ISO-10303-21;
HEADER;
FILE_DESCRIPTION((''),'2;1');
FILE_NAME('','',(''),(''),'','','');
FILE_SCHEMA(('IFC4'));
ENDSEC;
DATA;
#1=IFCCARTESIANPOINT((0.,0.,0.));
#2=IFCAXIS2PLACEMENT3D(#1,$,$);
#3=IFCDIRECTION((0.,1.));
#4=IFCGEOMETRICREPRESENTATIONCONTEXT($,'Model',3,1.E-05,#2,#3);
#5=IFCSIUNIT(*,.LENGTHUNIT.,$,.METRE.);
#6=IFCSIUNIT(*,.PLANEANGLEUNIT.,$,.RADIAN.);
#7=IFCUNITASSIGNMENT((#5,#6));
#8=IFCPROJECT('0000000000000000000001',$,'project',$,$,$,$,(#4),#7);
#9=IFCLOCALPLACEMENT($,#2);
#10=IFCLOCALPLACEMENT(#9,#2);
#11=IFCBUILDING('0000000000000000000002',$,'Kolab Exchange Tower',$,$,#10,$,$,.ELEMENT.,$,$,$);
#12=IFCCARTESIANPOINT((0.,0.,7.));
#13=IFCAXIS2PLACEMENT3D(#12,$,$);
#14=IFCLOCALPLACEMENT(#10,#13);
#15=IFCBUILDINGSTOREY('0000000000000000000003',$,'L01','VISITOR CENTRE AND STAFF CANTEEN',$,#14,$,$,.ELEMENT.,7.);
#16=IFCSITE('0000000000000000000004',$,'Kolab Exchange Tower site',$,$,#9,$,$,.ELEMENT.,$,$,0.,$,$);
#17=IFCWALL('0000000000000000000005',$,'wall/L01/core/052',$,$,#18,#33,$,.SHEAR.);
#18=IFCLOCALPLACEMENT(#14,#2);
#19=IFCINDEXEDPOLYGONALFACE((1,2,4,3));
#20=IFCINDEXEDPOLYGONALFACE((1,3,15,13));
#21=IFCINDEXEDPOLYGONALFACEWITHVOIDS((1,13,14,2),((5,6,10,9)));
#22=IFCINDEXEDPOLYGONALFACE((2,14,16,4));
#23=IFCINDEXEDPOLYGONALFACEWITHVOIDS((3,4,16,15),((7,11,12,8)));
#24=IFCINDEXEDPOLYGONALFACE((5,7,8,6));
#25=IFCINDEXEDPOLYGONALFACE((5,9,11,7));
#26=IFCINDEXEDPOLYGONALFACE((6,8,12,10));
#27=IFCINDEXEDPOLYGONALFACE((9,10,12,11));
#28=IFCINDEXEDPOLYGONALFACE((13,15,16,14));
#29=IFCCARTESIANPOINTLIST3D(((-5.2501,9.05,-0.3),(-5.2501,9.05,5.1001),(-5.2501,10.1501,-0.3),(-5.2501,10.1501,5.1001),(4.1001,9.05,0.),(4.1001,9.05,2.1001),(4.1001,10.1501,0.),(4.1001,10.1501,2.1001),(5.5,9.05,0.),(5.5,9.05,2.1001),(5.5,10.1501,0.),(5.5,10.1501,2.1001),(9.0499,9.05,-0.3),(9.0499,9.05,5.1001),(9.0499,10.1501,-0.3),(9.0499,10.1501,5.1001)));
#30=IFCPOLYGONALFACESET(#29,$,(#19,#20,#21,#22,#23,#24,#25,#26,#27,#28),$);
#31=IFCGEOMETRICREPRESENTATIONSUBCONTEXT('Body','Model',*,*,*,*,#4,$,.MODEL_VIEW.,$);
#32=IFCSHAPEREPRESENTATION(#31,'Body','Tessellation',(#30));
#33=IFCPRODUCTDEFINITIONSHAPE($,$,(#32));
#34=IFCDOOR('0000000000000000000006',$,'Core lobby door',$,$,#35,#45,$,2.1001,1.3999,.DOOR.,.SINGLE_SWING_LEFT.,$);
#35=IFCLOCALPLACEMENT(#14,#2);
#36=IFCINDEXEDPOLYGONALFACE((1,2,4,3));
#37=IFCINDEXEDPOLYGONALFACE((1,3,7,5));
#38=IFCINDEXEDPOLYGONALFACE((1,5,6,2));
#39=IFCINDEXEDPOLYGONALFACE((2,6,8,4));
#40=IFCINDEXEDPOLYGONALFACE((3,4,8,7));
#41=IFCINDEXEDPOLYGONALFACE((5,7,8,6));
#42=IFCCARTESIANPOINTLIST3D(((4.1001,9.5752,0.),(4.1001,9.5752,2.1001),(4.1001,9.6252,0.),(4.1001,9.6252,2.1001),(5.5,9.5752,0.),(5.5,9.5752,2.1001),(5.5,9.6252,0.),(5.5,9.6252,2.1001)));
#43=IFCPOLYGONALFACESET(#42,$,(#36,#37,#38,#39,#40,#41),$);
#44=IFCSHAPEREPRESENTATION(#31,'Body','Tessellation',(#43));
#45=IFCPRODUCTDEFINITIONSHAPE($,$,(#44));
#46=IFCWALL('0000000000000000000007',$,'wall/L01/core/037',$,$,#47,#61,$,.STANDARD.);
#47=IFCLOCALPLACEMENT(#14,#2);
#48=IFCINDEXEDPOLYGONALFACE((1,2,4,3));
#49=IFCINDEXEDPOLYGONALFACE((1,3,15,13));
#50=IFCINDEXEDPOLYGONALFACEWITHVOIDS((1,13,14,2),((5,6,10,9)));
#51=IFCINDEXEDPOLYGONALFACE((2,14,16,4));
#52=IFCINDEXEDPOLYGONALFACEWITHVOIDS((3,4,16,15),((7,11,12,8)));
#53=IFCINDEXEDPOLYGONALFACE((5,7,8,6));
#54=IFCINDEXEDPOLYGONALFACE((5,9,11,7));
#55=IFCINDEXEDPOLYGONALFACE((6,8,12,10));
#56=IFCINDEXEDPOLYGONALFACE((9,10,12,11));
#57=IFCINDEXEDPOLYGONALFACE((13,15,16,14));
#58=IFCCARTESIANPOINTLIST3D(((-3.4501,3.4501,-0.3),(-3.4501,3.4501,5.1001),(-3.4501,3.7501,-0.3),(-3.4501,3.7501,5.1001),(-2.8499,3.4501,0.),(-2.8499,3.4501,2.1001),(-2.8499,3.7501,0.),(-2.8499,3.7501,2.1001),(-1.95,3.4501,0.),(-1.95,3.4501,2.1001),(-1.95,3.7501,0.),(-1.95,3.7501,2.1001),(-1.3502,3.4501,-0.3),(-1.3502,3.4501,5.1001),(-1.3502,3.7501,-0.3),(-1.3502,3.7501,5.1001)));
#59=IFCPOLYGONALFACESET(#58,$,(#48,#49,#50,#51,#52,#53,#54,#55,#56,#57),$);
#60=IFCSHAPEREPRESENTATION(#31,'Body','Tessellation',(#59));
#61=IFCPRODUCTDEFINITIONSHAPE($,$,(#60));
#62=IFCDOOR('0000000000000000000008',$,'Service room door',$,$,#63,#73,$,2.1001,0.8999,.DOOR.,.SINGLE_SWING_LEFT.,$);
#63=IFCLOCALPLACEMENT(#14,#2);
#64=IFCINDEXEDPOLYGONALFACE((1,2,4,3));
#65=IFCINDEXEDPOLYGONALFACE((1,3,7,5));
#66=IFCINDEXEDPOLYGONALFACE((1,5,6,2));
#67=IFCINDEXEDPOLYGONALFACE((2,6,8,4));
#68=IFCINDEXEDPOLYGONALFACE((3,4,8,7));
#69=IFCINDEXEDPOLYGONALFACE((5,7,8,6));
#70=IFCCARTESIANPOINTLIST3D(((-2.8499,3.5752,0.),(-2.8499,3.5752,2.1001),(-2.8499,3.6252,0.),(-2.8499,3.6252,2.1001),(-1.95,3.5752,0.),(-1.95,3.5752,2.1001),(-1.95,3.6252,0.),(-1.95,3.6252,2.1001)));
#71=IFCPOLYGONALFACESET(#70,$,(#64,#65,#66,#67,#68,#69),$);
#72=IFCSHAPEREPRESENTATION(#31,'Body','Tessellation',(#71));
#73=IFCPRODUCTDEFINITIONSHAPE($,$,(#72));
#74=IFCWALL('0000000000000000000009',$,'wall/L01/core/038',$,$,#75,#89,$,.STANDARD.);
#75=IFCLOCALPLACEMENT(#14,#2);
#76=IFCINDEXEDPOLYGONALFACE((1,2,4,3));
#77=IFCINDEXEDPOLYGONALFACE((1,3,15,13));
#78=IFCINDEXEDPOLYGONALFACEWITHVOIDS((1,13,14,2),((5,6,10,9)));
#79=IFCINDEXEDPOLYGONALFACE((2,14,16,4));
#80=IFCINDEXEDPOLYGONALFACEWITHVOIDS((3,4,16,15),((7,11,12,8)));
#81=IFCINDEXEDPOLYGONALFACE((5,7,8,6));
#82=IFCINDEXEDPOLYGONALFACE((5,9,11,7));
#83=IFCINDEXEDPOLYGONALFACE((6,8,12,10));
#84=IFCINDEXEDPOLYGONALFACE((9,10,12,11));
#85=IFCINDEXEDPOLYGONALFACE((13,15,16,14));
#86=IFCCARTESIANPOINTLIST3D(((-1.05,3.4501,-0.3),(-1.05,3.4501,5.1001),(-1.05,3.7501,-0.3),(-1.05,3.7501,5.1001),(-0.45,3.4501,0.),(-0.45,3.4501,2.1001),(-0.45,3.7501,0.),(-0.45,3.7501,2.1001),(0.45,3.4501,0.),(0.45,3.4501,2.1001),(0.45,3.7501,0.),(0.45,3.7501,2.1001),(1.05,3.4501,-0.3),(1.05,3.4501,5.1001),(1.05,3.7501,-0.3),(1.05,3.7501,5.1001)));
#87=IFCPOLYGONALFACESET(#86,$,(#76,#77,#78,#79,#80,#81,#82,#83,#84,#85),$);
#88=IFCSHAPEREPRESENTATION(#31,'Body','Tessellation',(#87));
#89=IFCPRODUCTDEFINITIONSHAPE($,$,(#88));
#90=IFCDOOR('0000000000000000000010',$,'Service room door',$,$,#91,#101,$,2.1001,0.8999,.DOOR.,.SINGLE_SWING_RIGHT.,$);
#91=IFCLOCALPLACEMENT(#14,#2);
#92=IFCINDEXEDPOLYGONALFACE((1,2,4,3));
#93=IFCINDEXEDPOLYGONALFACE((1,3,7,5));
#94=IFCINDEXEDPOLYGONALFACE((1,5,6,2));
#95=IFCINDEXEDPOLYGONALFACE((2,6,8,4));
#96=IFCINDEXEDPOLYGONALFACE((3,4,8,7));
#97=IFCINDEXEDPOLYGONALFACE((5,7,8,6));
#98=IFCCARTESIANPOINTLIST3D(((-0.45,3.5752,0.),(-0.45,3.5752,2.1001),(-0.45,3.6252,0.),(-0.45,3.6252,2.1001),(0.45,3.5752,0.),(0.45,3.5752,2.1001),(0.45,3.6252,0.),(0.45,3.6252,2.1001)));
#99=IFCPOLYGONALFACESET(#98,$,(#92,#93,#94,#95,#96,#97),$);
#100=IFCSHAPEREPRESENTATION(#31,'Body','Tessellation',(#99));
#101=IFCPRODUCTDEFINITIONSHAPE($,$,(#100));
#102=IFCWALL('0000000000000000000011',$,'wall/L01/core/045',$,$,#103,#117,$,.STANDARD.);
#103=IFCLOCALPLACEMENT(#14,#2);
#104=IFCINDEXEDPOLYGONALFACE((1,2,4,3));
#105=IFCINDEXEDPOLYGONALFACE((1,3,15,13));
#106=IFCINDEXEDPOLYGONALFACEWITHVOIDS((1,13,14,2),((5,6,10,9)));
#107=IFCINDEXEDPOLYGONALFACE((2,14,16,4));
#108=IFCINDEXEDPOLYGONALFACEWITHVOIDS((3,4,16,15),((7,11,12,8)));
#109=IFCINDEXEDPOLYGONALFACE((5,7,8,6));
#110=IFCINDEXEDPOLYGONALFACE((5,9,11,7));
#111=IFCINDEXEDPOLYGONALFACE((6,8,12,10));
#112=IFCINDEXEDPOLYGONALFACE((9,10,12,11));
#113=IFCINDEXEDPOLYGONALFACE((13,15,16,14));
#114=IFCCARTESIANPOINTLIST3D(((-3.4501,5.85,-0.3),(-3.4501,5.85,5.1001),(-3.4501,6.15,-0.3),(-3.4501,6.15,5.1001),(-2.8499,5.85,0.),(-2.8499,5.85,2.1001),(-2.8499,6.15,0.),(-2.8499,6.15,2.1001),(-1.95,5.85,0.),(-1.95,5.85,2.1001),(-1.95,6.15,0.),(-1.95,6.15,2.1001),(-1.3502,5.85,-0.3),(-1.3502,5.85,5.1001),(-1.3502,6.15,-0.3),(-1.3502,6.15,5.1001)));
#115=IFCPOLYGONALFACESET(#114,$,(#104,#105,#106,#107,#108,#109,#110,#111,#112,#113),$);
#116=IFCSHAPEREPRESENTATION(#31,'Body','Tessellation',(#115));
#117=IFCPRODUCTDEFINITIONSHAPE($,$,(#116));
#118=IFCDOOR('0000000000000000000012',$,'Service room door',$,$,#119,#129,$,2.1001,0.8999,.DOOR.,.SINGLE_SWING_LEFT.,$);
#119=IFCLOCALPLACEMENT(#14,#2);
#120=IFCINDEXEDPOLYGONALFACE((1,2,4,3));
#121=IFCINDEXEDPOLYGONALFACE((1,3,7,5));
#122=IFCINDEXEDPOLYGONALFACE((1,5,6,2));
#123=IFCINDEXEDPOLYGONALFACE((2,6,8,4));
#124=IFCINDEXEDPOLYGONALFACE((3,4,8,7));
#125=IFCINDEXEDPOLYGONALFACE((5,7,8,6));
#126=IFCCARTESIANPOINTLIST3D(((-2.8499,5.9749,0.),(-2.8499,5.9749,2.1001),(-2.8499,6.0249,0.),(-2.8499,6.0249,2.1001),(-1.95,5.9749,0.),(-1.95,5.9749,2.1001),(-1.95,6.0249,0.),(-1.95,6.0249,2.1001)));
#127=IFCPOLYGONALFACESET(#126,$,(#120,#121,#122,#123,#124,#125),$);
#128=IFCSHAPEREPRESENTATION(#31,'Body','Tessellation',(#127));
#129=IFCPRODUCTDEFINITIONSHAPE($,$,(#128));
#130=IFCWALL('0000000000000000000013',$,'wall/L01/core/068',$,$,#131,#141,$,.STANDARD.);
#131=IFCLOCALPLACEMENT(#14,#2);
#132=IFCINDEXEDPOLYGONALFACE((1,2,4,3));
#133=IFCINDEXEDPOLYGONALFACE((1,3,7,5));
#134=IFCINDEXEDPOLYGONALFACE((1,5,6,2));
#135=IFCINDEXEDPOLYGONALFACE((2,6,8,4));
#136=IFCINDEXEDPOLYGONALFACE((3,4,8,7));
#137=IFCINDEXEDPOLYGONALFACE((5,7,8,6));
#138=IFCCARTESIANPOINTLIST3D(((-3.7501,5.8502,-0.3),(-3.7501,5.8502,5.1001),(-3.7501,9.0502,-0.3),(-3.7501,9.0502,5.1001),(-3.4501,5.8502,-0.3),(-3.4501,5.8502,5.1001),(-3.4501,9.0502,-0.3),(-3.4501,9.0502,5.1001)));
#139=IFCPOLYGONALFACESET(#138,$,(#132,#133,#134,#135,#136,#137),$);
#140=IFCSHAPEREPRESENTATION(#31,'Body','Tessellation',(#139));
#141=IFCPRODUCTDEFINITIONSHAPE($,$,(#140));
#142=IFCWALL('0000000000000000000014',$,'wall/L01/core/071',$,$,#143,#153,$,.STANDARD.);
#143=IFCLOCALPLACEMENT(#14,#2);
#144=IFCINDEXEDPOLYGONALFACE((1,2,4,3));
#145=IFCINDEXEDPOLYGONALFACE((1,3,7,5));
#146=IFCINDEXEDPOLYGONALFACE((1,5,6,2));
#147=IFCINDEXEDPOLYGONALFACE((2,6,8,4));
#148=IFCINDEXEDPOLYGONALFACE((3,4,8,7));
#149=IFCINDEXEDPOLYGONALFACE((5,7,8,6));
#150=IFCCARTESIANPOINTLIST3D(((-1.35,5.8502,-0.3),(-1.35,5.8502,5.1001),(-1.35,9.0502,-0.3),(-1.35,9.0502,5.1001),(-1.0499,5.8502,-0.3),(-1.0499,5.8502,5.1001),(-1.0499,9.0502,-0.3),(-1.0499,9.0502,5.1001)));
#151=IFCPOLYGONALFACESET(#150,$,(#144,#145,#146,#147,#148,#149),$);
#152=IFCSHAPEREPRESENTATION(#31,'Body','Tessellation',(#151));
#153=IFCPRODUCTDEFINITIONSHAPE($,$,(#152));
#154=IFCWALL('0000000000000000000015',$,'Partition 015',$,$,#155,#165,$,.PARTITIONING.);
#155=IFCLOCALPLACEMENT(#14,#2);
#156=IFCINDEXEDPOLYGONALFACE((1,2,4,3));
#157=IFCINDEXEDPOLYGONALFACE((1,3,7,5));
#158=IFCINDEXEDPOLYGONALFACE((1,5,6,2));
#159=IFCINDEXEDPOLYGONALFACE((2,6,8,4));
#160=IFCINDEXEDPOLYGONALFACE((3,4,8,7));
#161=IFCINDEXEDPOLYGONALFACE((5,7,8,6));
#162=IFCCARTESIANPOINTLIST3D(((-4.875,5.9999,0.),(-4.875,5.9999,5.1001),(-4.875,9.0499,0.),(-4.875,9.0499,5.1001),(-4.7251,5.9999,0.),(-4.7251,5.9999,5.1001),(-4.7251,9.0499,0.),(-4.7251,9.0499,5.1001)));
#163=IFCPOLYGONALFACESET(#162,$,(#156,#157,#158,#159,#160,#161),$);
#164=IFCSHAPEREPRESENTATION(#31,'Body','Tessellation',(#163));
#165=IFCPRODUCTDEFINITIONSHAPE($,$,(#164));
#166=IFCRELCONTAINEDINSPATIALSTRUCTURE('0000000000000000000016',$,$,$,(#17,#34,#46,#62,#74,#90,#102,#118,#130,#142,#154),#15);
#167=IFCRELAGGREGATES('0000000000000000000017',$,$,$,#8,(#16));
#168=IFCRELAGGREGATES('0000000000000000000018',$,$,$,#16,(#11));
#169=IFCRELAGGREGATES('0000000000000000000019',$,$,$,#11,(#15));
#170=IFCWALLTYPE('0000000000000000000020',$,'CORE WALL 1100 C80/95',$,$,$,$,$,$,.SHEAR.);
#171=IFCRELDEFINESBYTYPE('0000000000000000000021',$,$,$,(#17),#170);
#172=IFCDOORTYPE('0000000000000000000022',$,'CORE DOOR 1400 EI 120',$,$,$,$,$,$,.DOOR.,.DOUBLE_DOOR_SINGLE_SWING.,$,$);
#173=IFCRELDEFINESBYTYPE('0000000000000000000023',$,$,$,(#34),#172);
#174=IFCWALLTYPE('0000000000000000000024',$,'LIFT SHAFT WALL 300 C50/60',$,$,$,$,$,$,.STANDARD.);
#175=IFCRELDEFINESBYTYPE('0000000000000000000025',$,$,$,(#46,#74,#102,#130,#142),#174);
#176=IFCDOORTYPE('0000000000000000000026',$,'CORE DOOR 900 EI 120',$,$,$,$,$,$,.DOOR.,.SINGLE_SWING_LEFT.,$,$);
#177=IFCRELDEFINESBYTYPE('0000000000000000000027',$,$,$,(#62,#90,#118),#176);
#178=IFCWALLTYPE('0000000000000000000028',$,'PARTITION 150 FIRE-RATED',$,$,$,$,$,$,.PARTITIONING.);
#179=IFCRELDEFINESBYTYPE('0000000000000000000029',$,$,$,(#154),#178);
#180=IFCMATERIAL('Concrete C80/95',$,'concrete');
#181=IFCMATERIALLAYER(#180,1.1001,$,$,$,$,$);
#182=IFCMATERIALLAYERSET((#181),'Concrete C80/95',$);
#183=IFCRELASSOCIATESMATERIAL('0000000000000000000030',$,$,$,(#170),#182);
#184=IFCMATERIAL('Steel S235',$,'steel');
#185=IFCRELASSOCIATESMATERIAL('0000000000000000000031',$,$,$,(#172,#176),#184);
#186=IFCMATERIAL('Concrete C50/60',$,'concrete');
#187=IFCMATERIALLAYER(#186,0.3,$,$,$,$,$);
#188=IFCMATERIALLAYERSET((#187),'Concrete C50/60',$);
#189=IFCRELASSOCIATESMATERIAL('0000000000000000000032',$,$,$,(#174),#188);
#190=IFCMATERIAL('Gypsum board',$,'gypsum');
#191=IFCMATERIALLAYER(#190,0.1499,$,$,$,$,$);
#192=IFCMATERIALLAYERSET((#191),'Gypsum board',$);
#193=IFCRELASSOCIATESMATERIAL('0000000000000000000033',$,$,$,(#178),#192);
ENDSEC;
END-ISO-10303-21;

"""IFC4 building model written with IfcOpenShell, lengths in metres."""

from ifc_helpers import new_model, si_unit, direction, frame, frame_2d, origin, place, context, subcontext, project, spatial, rectangle, extrude, material, layer, layer_set, type_object, element, fill, save


model = new_model("IFC4")

# Units and contexts
model_context = context("Model", 3, precision=1e-05, world=origin(), true_north=direction((0.0, 1.0)))
body_context = subcontext(model_context, "Body", "Model", "MODEL_VIEW")
ifc_project = project(units=[si_unit("LENGTHUNIT", "METRE"), si_unit("PLANEANGLEUNIT", "RADIAN")], contexts=[model_context])

# Site, building, storey
site_placement = place(None, origin())
site = spatial("IfcSite", under=ifc_project, at=site_placement, Name="Kolab Exchange Tower site", CompositionType="ELEMENT", RefElevation=0.0)
building_placement = place(site_placement, origin())
building = spatial("IfcBuilding", under=site, at=building_placement, Name="Kolab Exchange Tower", CompositionType="ELEMENT")
storey_placement = place(building_placement, frame((0.0, 0.0, 7.0)))
storey = spatial("IfcBuildingStorey", under=building, at=storey_placement, Name="L01", Description="VISITOR CENTRE AND STAFF CANTEEN", CompositionType="ELEMENT", Elevation=7.0)

# Walls, openings, doors
ifc_material_1 = material(Name="Concrete C80/95", Category="concrete")
ifc_layer_1 = layer(ifc_material_1, 1.1001)
ifc_layer_set_1 = layer_set([ifc_layer_1], Name="Concrete C80/95")
wall_type_1 = type_object("IfcWallType", Name="CORE WALL 1100 C80/95", PredefinedType="SHEAR", material=ifc_layer_set_1)
wall_1_placement = place(storey_placement, frame((-5.25, 9.6001, -0.3), z_axis=(0.0, 0.0, 1.0), x_axis=(1.0, 0.0, 0.0)))
wall_1 = element("IfcWall", 1, at=wall_1_placement, inside=storey, type_object=wall_type_1, Name="wall/L01/core/052", PredefinedType="SHEAR", context=body_context, shape_type="SweptSolid", body=[
    extrude(rectangle(XDim=14.3, YDim=1.1001, at=frame_2d((7.1499, 0.0))), origin(), (0.0, 0.0, 1.0), 5.4001),
])
opening_1_placement = place(wall_1_placement, frame((9.3501, 0.0, 0.3)))
opening_1 = element("IfcOpeningElement", 2, at=opening_1_placement, cuts=wall_1, PredefinedType="OPENING", context=body_context, shape_type="SweptSolid", body=[
    extrude(rectangle(XDim=1.3999, YDim=2.1001, at=frame_2d((0.7, 1.05))), frame((0.0, 0.5601, 0.0), z_axis=(0.0, -1.0, 0.0), x_axis=(1.0, 0.0, 0.0)), (0.0, 0.0, 1.0), 1.1201),
])
ifc_material_2 = material(Name="Steel S235", Category="steel")
door_type_1 = type_object("IfcDoorType", Name="CORE DOOR 1400 EI 120", OperationType="DOUBLE_DOOR_SINGLE_SWING", PredefinedType="DOOR", material=ifc_material_2)
door_1_placement = place(opening_1_placement, frame((1.3999, 0.0, 0.0), z_axis=(0.0, 0.0, 1.0), x_axis=(-1.0, 0.0, 0.0)))
door_1 = element("IfcDoor", 3, at=door_1_placement, inside=storey, type_object=door_type_1, Name="Core lobby door", OperationType="SINGLE_SWING_LEFT", OverallHeight=2.1001, OverallWidth=1.3999, PredefinedType="DOOR", context=body_context, shape_type="SweptSolid", body=[
    extrude(rectangle(XDim=1.3999, YDim=2.1001, at=frame_2d((0.7, 1.05))), frame((0.0, 0.0249, 0.0), z_axis=(0.0, -1.0, 0.0), x_axis=(1.0, 0.0, 0.0)), (0.0, 0.0, 1.0), 0.05),
])
fill(opening_1, door_1)
ifc_material_3 = material(Name="Concrete C50/60", Category="concrete")
ifc_layer_2 = layer(ifc_material_3, 0.3)
ifc_layer_set_2 = layer_set([ifc_layer_2], Name="Concrete C50/60")
wall_type_2 = type_object("IfcWallType", Name="LIFT SHAFT WALL 300 C50/60", PredefinedType="STANDARD", material=ifc_layer_set_2)
wall_2_placement = place(storey_placement, frame((-3.45, 3.6001, -0.3), z_axis=(0.0, 0.0, 1.0), x_axis=(1.0, 0.0, 0.0)))
wall_2 = element("IfcWall", 4, at=wall_2_placement, inside=storey, type_object=wall_type_2, Name="wall/L01/core/037", PredefinedType="STANDARD", context=body_context, shape_type="SweptSolid", body=[
    extrude(rectangle(XDim=2.0999, YDim=0.3, at=frame_2d((1.0498, 0.0))), origin(), (0.0, 0.0, 1.0), 5.4001),
])
opening_2_placement = place(wall_2_placement, frame((0.6001, 0.0, 0.3)))
opening_2 = element("IfcOpeningElement", 5, at=opening_2_placement, cuts=wall_2, PredefinedType="OPENING", context=body_context, shape_type="SweptSolid", body=[
    extrude(rectangle(XDim=0.8999, YDim=2.1001, at=frame_2d((0.45, 1.05))), frame((0.0, 0.1602, 0.0), z_axis=(0.0, -1.0, 0.0), x_axis=(1.0, 0.0, 0.0)), (0.0, 0.0, 1.0), 0.3201),
])
door_type_2 = type_object("IfcDoorType", Name="CORE DOOR 900 EI 120", OperationType="SINGLE_SWING_LEFT", PredefinedType="DOOR", material=ifc_material_2)
door_2_placement = place(opening_2_placement, frame((0.8999, 0.0, 0.0), z_axis=(0.0, 0.0, 1.0), x_axis=(-1.0, 0.0, 0.0)))
door_2 = element("IfcDoor", 6, at=door_2_placement, inside=storey, type_object=door_type_2, Name="Service room door", OperationType="SINGLE_SWING_LEFT", OverallHeight=2.1001, OverallWidth=0.8999, PredefinedType="DOOR", context=body_context, shape_type="SweptSolid", body=[
    extrude(rectangle(XDim=0.8999, YDim=2.1001, at=frame_2d((0.45, 1.05))), frame((0.0, 0.0249, 0.0), z_axis=(0.0, -1.0, 0.0), x_axis=(1.0, 0.0, 0.0)), (0.0, 0.0, 1.0), 0.05),
])
fill(opening_2, door_2)
wall_3_placement = place(storey_placement, frame((-1.05, 3.6001, -0.3), z_axis=(0.0, 0.0, 1.0), x_axis=(1.0, 0.0, 0.0)))
wall_3 = element("IfcWall", 7, at=wall_3_placement, inside=storey, type_object=wall_type_2, Name="wall/L01/core/038", PredefinedType="STANDARD", context=body_context, shape_type="SweptSolid", body=[
    extrude(rectangle(XDim=2.1001, YDim=0.3, at=frame_2d((1.05, 0.0))), origin(), (0.0, 0.0, 1.0), 5.4001),
])
opening_3_placement = place(wall_3_placement, frame((0.6001, 0.0, 0.3)))
opening_3 = element("IfcOpeningElement", 8, at=opening_3_placement, cuts=wall_3, PredefinedType="OPENING", context=body_context, shape_type="SweptSolid", body=[
    extrude(rectangle(XDim=0.8999, YDim=2.1001, at=frame_2d((0.45, 1.05))), frame((0.0, 0.1602, 0.0), z_axis=(0.0, -1.0, 0.0), x_axis=(1.0, 0.0, 0.0)), (0.0, 0.0, 1.0), 0.3201),
])
door_3_placement = place(opening_3_placement, frame((0.8999, 0.0, 0.0), z_axis=(0.0, 0.0, 1.0), x_axis=(-1.0, 0.0, 0.0)))
door_3 = element("IfcDoor", 9, at=door_3_placement, inside=storey, type_object=door_type_2, Name="Service room door", OperationType="SINGLE_SWING_RIGHT", OverallHeight=2.1001, OverallWidth=0.8999, PredefinedType="DOOR", context=body_context, shape_type="SweptSolid", body=[
    extrude(rectangle(XDim=0.8999, YDim=2.1001, at=frame_2d((0.45, 1.05))), frame((0.0, 0.0249, 0.0), z_axis=(0.0, -1.0, 0.0), x_axis=(1.0, 0.0, 0.0)), (0.0, 0.0, 1.0), 0.05),
])
fill(opening_3, door_3)
wall_4_placement = place(storey_placement, frame((-3.45, 6.0, -0.3), z_axis=(0.0, 0.0, 1.0), x_axis=(1.0, 0.0, 0.0)))
wall_4 = element("IfcWall", 10, at=wall_4_placement, inside=storey, type_object=wall_type_2, Name="wall/L01/core/045", PredefinedType="STANDARD", context=body_context, shape_type="SweptSolid", body=[
    extrude(rectangle(XDim=2.0999, YDim=0.3, at=frame_2d((1.0498, 0.0))), origin(), (0.0, 0.0, 1.0), 5.4001),
])
opening_4_placement = place(wall_4_placement, frame((0.6001, 0.0, 0.3)))
opening_4 = element("IfcOpeningElement", 11, at=opening_4_placement, cuts=wall_4, PredefinedType="OPENING", context=body_context, shape_type="SweptSolid", body=[
    extrude(rectangle(XDim=0.8999, YDim=2.1001, at=frame_2d((0.45, 1.05))), frame((0.0, 0.1602, 0.0), z_axis=(0.0, -1.0, 0.0), x_axis=(1.0, 0.0, 0.0)), (0.0, 0.0, 1.0), 0.3201),
])
door_4_placement = place(opening_4_placement, origin())
door_4 = element("IfcDoor", 12, at=door_4_placement, inside=storey, type_object=door_type_2, Name="Service room door", OperationType="SINGLE_SWING_LEFT", OverallHeight=2.1001, OverallWidth=0.8999, PredefinedType="DOOR", context=body_context, shape_type="SweptSolid", body=[
    extrude(rectangle(XDim=0.8999, YDim=2.1001, at=frame_2d((0.45, 1.05))), frame((0.0, 0.0249, 0.0), z_axis=(0.0, -1.0, 0.0), x_axis=(1.0, 0.0, 0.0)), (0.0, 0.0, 1.0), 0.05),
])
fill(opening_4, door_4)

# Walls
for number, where, z_axis, x_axis, name in (
    (13, (-3.6001, 5.8501, -0.3), (0.0, 0.0, 1.0), (0.0, 1.0, 0.0), "wall/L01/core/068"),
    (14, (-1.2, 5.8501, -0.3), (0.0, 0.0, 1.0), (0.0, 1.0, 0.0), "wall/L01/core/071"),
):
    element("IfcWall", number, at=place(storey_placement, frame(where, z_axis=z_axis, x_axis=x_axis)), inside=storey, type_object=wall_type_2, Name=name, PredefinedType="STANDARD", context=body_context, shape_type="SweptSolid", body=[
        extrude(rectangle(XDim=3.2, YDim=0.3, at=frame_2d((1.6001, 0.0))), origin(), (0.0, 0.0, 1.0), 5.4001),
    ])
ifc_material_4 = material(Name="Gypsum board", Category="gypsum")
ifc_layer_3 = layer(ifc_material_4, 0.1499)
ifc_layer_set_3 = layer_set([ifc_layer_3], Name="Gypsum board")
wall_type_3 = type_object("IfcWallType", Name="PARTITION 150 FIRE-RATED", PredefinedType="PARTITIONING", material=ifc_layer_set_3)
wall_5_placement = place(storey_placement, frame((-4.8, 6.0, 0.0), z_axis=(0.0, 0.0, 1.0), x_axis=(0.0, 1.0, 0.0)))
element("IfcWall", 15, at=wall_5_placement, inside=storey, type_object=wall_type_3, Name="Partition 015", PredefinedType="PARTITIONING", context=body_context, shape_type="SweptSolid", body=[
    extrude(rectangle(XDim=3.05, YDim=0.1499, at=frame_2d((1.5249, 0.0))), origin(), (0.0, 0.0, 1.0), 5.1001),
])

save(model, "model.ifc")
